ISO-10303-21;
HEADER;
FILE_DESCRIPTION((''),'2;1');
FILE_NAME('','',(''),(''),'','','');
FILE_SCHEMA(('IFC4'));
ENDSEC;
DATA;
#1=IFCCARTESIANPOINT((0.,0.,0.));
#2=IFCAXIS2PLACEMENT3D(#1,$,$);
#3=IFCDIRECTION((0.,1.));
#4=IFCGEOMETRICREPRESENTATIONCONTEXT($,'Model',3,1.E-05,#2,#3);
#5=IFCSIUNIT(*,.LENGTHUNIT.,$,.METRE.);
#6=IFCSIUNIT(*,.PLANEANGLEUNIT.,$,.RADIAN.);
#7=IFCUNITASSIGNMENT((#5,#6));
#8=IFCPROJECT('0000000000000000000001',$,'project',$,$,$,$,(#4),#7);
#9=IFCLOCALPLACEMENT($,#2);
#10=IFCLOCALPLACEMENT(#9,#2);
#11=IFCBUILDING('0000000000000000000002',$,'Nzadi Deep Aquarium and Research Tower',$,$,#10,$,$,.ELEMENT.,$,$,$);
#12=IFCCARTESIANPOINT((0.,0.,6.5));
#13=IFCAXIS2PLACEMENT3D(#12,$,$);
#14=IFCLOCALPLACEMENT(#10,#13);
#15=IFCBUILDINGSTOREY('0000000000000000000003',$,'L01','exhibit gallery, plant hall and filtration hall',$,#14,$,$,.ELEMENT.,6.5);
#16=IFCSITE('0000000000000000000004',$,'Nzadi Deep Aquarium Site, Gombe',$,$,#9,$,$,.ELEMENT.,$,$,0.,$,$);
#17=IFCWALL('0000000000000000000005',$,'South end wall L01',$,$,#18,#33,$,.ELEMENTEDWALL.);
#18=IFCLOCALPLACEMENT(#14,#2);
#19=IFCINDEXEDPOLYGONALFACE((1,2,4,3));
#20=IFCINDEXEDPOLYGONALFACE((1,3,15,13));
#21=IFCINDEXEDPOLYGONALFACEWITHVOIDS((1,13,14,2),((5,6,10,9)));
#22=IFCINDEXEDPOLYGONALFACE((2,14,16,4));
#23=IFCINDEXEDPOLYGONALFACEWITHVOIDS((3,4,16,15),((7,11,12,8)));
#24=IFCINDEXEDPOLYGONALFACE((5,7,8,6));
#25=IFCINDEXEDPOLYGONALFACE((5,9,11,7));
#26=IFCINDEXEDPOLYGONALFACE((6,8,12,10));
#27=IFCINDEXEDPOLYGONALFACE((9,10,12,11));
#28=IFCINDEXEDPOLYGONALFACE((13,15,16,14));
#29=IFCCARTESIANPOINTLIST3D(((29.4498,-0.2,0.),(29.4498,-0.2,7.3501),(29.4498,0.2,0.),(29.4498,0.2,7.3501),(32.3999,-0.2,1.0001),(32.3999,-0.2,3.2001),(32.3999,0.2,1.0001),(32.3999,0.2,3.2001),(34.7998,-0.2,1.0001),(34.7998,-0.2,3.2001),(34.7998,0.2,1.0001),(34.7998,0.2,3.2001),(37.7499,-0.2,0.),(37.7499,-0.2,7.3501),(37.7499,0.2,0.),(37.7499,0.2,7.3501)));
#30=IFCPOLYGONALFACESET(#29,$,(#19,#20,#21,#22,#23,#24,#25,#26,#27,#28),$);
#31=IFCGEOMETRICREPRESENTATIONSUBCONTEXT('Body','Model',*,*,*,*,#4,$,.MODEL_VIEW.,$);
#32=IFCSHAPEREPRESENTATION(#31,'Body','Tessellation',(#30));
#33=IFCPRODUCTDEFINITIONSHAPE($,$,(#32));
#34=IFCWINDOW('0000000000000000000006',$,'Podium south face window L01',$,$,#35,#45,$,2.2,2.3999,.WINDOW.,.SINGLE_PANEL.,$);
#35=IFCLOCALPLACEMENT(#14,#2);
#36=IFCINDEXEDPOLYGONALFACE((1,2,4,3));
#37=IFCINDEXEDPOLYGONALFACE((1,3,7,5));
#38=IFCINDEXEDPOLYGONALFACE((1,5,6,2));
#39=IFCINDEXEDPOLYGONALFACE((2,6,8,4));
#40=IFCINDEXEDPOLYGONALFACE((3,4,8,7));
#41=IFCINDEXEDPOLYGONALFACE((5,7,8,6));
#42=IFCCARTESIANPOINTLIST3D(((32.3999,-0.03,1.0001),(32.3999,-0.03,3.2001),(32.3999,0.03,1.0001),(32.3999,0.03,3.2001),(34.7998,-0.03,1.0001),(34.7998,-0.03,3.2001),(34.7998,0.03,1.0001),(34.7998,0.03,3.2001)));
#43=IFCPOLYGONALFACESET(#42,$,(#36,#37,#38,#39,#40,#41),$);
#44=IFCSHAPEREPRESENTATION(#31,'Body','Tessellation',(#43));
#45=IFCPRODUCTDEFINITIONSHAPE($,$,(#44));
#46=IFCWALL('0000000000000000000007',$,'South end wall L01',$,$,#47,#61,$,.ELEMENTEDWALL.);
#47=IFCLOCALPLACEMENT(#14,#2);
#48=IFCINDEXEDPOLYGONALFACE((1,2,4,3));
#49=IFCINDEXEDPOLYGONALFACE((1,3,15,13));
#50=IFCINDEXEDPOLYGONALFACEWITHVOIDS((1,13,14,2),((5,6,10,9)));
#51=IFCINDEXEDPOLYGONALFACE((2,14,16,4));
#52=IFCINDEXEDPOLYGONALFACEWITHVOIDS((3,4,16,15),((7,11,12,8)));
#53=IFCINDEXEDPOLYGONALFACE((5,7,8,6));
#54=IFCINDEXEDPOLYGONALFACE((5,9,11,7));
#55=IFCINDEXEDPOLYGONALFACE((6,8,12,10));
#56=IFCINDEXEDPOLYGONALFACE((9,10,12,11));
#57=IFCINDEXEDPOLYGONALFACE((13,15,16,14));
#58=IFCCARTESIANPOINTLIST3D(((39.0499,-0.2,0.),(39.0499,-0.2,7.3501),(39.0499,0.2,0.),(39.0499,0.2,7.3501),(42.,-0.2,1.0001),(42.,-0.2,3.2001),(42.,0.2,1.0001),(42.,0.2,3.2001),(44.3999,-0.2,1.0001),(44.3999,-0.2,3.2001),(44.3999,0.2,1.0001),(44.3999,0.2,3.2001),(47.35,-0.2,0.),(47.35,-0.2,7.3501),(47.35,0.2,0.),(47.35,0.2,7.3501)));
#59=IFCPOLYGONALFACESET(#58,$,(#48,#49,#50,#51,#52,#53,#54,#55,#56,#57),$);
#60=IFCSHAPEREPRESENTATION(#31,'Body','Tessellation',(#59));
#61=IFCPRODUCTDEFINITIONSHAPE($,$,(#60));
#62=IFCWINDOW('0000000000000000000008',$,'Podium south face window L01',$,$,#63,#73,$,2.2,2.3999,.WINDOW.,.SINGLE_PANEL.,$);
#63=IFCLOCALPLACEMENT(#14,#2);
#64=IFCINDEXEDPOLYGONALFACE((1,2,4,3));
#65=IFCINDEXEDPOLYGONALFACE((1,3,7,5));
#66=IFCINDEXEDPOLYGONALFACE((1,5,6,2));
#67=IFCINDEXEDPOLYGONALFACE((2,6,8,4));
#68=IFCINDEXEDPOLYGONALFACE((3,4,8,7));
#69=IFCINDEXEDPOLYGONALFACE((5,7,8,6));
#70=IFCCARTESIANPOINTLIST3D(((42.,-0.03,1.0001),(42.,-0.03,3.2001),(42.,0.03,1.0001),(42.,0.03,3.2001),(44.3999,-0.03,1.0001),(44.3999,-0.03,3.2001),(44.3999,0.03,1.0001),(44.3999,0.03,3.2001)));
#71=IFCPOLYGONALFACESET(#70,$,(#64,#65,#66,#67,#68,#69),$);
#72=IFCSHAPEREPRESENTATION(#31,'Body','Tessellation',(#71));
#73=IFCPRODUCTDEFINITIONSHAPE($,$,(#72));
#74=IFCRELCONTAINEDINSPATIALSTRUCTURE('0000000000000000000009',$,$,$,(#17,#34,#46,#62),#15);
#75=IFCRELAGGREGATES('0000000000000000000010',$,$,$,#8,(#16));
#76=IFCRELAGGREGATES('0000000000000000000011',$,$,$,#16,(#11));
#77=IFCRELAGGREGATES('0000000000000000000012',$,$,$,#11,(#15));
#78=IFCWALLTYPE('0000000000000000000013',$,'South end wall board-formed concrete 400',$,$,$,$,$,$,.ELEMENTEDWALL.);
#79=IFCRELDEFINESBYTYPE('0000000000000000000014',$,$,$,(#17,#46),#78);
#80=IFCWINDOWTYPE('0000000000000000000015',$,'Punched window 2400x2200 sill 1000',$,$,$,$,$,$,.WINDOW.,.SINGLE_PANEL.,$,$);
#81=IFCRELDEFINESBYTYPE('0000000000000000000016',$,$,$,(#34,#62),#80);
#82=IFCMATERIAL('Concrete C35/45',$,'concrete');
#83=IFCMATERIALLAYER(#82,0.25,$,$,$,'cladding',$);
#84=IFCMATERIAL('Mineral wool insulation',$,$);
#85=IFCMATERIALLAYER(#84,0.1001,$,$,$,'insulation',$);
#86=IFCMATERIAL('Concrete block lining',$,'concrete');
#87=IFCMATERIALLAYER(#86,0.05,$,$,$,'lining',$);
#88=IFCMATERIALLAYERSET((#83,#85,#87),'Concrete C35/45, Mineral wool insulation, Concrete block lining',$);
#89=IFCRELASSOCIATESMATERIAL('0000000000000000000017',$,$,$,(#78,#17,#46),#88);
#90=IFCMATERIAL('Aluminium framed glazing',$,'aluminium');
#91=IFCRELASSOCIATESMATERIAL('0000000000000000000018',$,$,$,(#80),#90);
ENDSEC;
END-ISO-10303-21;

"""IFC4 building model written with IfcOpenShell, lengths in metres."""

from ifc_helpers import new_model, si_unit, direction, frame, frame_2d, origin, place, context, subcontext, project, spatial, rectangle, extrude, material, layer, layer_set, layer_usage, type_object, element, fill, save


model = new_model("IFC4")

# Units and contexts
model_context = context("Model", 3, precision=1e-05, world=origin(), true_north=direction((0.0, 1.0)))
body_context = subcontext(model_context, "Body", "Model", "MODEL_VIEW")
ifc_project = project(units=[si_unit("LENGTHUNIT", "METRE"), si_unit("PLANEANGLEUNIT", "RADIAN")], contexts=[model_context])

# Site, building, storey
site_placement = place(None, origin())
site = spatial("IfcSite", under=ifc_project, at=site_placement, Name="Nzadi Deep Aquarium Site, Gombe", CompositionType="ELEMENT", RefElevation=0.0)
building_placement = place(site_placement, origin())
building = spatial("IfcBuilding", under=site, at=building_placement, Name="Nzadi Deep Aquarium and Research Tower", CompositionType="ELEMENT")
storey_placement = place(building_placement, frame((0.0, 0.0, 6.5)))
storey = spatial("IfcBuildingStorey", under=building, at=storey_placement, Name="L01", Description="exhibit gallery, plant hall and filtration hall", CompositionType="ELEMENT", Elevation=6.5)

# Walls, openings, windows
ifc_material_1 = material(Name="Concrete C35/45", Category="concrete")
ifc_layer_1 = layer(ifc_material_1, 0.25, Category="cladding")
ifc_material_2 = material(Name="Mineral wool insulation")
ifc_layer_2 = layer(ifc_material_2, 0.1001, Category="insulation")
ifc_material_3 = material(Name="Concrete block lining", Category="concrete")
ifc_layer_3 = layer(ifc_material_3, 0.05, Category="lining")
ifc_layer_set_1 = layer_set([ifc_layer_1, ifc_layer_2, ifc_layer_3], Name="Concrete C35/45, Mineral wool insulation, Concrete block lining")
ifc_layer_usage_1 = layer_usage(ifc_layer_set_1, "AXIS2", "POSITIVE", -0.2)
wall_type_1 = type_object("IfcWallType", Name="South end wall board-formed concrete 400", PredefinedType="ELEMENTEDWALL", material=ifc_layer_set_1)
wall_1_placement = place(storey_placement, frame((29.45, 0.0, 0.0), z_axis=(0.0, 0.0, 1.0), x_axis=(1.0, 0.0, 0.0)))
wall_1 = element("IfcWall", 1, at=wall_1_placement, inside=storey, type_object=wall_type_1, material=ifc_layer_usage_1, Name="South end wall L01", PredefinedType="ELEMENTEDWALL", context=body_context, shape_type="SweptSolid", body=[
    extrude(rectangle(XDim=8.3, YDim=0.3999, at=frame_2d((4.1499, 0.0))), origin(), (0.0, 0.0, 1.0), 7.3501),
])
opening_1_placement = place(wall_1_placement, frame((2.95, 0.0, 1.0)))
opening_1 = element("IfcOpeningElement", 2, at=opening_1_placement, cuts=wall_1, PredefinedType="OPENING", context=body_context, shape_type="SweptSolid", body=[
    extrude(rectangle(XDim=2.3999, YDim=2.2, at=frame_2d((1.2, 1.1001))), frame((0.0, 0.21, 0.0), z_axis=(0.0, -1.0, 0.0), x_axis=(1.0, 0.0, 0.0)), (0.0, 0.0, 1.0), 0.4199),
])
ifc_material_4 = material(Name="Aluminium framed glazing", Category="aluminium")
window_type = type_object("IfcWindowType", Name="Punched window 2400x2200 sill 1000", PartitioningType="SINGLE_PANEL", PredefinedType="WINDOW", material=ifc_material_4)
window_1_placement = place(opening_1_placement, origin())
window_1 = element("IfcWindow", 3, at=window_1_placement, inside=storey, type_object=window_type, Name="Podium south face window L01", OverallHeight=2.2, OverallWidth=2.3999, PartitioningType="SINGLE_PANEL", PredefinedType="WINDOW", context=body_context, shape_type="SweptSolid", body=[
    extrude(rectangle(XDim=2.3999, YDim=2.2, at=frame_2d((1.2, 1.1001))), frame((0.0, 0.03, 0.0), z_axis=(0.0, -1.0, 0.0), x_axis=(1.0, 0.0, 0.0)), (0.0, 0.0, 1.0), 0.0601),
])
fill(opening_1, window_1)
ifc_layer_usage_2 = layer_usage(ifc_layer_set_1, "AXIS2", "POSITIVE", -0.2)
wall_2_placement = place(storey_placement, frame((39.05, 0.0, 0.0), z_axis=(0.0, 0.0, 1.0), x_axis=(1.0, 0.0, 0.0)))
wall_2 = element("IfcWall", 4, at=wall_2_placement, inside=storey, type_object=wall_type_1, material=ifc_layer_usage_2, Name="South end wall L01", PredefinedType="ELEMENTEDWALL", context=body_context, shape_type="SweptSolid", body=[
    extrude(rectangle(XDim=8.3, YDim=0.3999, at=frame_2d((4.1499, 0.0))), origin(), (0.0, 0.0, 1.0), 7.3501),
])
opening_2_placement = place(wall_2_placement, frame((2.95, 0.0, 1.0)))
opening_2 = element("IfcOpeningElement", 5, at=opening_2_placement, cuts=wall_2, PredefinedType="OPENING", context=body_context, shape_type="SweptSolid", body=[
    extrude(rectangle(XDim=2.3999, YDim=2.2, at=frame_2d((1.2, 1.1001))), frame((0.0, 0.21, 0.0), z_axis=(0.0, -1.0, 0.0), x_axis=(1.0, 0.0, 0.0)), (0.0, 0.0, 1.0), 0.4199),
])
window_2_placement = place(opening_2_placement, origin())
window_2 = element("IfcWindow", 6, at=window_2_placement, inside=storey, type_object=window_type, Name="Podium south face window L01", OverallHeight=2.2, OverallWidth=2.3999, PartitioningType="SINGLE_PANEL", PredefinedType="WINDOW", context=body_context, shape_type="SweptSolid", body=[
    extrude(rectangle(XDim=2.3999, YDim=2.2, at=frame_2d((1.2, 1.1001))), frame((0.0, 0.03, 0.0), z_axis=(0.0, -1.0, 0.0), x_axis=(1.0, 0.0, 0.0)), (0.0, 0.0, 1.0), 0.0601),
])
fill(opening_2, window_2)

save(model, "model.ifc")
